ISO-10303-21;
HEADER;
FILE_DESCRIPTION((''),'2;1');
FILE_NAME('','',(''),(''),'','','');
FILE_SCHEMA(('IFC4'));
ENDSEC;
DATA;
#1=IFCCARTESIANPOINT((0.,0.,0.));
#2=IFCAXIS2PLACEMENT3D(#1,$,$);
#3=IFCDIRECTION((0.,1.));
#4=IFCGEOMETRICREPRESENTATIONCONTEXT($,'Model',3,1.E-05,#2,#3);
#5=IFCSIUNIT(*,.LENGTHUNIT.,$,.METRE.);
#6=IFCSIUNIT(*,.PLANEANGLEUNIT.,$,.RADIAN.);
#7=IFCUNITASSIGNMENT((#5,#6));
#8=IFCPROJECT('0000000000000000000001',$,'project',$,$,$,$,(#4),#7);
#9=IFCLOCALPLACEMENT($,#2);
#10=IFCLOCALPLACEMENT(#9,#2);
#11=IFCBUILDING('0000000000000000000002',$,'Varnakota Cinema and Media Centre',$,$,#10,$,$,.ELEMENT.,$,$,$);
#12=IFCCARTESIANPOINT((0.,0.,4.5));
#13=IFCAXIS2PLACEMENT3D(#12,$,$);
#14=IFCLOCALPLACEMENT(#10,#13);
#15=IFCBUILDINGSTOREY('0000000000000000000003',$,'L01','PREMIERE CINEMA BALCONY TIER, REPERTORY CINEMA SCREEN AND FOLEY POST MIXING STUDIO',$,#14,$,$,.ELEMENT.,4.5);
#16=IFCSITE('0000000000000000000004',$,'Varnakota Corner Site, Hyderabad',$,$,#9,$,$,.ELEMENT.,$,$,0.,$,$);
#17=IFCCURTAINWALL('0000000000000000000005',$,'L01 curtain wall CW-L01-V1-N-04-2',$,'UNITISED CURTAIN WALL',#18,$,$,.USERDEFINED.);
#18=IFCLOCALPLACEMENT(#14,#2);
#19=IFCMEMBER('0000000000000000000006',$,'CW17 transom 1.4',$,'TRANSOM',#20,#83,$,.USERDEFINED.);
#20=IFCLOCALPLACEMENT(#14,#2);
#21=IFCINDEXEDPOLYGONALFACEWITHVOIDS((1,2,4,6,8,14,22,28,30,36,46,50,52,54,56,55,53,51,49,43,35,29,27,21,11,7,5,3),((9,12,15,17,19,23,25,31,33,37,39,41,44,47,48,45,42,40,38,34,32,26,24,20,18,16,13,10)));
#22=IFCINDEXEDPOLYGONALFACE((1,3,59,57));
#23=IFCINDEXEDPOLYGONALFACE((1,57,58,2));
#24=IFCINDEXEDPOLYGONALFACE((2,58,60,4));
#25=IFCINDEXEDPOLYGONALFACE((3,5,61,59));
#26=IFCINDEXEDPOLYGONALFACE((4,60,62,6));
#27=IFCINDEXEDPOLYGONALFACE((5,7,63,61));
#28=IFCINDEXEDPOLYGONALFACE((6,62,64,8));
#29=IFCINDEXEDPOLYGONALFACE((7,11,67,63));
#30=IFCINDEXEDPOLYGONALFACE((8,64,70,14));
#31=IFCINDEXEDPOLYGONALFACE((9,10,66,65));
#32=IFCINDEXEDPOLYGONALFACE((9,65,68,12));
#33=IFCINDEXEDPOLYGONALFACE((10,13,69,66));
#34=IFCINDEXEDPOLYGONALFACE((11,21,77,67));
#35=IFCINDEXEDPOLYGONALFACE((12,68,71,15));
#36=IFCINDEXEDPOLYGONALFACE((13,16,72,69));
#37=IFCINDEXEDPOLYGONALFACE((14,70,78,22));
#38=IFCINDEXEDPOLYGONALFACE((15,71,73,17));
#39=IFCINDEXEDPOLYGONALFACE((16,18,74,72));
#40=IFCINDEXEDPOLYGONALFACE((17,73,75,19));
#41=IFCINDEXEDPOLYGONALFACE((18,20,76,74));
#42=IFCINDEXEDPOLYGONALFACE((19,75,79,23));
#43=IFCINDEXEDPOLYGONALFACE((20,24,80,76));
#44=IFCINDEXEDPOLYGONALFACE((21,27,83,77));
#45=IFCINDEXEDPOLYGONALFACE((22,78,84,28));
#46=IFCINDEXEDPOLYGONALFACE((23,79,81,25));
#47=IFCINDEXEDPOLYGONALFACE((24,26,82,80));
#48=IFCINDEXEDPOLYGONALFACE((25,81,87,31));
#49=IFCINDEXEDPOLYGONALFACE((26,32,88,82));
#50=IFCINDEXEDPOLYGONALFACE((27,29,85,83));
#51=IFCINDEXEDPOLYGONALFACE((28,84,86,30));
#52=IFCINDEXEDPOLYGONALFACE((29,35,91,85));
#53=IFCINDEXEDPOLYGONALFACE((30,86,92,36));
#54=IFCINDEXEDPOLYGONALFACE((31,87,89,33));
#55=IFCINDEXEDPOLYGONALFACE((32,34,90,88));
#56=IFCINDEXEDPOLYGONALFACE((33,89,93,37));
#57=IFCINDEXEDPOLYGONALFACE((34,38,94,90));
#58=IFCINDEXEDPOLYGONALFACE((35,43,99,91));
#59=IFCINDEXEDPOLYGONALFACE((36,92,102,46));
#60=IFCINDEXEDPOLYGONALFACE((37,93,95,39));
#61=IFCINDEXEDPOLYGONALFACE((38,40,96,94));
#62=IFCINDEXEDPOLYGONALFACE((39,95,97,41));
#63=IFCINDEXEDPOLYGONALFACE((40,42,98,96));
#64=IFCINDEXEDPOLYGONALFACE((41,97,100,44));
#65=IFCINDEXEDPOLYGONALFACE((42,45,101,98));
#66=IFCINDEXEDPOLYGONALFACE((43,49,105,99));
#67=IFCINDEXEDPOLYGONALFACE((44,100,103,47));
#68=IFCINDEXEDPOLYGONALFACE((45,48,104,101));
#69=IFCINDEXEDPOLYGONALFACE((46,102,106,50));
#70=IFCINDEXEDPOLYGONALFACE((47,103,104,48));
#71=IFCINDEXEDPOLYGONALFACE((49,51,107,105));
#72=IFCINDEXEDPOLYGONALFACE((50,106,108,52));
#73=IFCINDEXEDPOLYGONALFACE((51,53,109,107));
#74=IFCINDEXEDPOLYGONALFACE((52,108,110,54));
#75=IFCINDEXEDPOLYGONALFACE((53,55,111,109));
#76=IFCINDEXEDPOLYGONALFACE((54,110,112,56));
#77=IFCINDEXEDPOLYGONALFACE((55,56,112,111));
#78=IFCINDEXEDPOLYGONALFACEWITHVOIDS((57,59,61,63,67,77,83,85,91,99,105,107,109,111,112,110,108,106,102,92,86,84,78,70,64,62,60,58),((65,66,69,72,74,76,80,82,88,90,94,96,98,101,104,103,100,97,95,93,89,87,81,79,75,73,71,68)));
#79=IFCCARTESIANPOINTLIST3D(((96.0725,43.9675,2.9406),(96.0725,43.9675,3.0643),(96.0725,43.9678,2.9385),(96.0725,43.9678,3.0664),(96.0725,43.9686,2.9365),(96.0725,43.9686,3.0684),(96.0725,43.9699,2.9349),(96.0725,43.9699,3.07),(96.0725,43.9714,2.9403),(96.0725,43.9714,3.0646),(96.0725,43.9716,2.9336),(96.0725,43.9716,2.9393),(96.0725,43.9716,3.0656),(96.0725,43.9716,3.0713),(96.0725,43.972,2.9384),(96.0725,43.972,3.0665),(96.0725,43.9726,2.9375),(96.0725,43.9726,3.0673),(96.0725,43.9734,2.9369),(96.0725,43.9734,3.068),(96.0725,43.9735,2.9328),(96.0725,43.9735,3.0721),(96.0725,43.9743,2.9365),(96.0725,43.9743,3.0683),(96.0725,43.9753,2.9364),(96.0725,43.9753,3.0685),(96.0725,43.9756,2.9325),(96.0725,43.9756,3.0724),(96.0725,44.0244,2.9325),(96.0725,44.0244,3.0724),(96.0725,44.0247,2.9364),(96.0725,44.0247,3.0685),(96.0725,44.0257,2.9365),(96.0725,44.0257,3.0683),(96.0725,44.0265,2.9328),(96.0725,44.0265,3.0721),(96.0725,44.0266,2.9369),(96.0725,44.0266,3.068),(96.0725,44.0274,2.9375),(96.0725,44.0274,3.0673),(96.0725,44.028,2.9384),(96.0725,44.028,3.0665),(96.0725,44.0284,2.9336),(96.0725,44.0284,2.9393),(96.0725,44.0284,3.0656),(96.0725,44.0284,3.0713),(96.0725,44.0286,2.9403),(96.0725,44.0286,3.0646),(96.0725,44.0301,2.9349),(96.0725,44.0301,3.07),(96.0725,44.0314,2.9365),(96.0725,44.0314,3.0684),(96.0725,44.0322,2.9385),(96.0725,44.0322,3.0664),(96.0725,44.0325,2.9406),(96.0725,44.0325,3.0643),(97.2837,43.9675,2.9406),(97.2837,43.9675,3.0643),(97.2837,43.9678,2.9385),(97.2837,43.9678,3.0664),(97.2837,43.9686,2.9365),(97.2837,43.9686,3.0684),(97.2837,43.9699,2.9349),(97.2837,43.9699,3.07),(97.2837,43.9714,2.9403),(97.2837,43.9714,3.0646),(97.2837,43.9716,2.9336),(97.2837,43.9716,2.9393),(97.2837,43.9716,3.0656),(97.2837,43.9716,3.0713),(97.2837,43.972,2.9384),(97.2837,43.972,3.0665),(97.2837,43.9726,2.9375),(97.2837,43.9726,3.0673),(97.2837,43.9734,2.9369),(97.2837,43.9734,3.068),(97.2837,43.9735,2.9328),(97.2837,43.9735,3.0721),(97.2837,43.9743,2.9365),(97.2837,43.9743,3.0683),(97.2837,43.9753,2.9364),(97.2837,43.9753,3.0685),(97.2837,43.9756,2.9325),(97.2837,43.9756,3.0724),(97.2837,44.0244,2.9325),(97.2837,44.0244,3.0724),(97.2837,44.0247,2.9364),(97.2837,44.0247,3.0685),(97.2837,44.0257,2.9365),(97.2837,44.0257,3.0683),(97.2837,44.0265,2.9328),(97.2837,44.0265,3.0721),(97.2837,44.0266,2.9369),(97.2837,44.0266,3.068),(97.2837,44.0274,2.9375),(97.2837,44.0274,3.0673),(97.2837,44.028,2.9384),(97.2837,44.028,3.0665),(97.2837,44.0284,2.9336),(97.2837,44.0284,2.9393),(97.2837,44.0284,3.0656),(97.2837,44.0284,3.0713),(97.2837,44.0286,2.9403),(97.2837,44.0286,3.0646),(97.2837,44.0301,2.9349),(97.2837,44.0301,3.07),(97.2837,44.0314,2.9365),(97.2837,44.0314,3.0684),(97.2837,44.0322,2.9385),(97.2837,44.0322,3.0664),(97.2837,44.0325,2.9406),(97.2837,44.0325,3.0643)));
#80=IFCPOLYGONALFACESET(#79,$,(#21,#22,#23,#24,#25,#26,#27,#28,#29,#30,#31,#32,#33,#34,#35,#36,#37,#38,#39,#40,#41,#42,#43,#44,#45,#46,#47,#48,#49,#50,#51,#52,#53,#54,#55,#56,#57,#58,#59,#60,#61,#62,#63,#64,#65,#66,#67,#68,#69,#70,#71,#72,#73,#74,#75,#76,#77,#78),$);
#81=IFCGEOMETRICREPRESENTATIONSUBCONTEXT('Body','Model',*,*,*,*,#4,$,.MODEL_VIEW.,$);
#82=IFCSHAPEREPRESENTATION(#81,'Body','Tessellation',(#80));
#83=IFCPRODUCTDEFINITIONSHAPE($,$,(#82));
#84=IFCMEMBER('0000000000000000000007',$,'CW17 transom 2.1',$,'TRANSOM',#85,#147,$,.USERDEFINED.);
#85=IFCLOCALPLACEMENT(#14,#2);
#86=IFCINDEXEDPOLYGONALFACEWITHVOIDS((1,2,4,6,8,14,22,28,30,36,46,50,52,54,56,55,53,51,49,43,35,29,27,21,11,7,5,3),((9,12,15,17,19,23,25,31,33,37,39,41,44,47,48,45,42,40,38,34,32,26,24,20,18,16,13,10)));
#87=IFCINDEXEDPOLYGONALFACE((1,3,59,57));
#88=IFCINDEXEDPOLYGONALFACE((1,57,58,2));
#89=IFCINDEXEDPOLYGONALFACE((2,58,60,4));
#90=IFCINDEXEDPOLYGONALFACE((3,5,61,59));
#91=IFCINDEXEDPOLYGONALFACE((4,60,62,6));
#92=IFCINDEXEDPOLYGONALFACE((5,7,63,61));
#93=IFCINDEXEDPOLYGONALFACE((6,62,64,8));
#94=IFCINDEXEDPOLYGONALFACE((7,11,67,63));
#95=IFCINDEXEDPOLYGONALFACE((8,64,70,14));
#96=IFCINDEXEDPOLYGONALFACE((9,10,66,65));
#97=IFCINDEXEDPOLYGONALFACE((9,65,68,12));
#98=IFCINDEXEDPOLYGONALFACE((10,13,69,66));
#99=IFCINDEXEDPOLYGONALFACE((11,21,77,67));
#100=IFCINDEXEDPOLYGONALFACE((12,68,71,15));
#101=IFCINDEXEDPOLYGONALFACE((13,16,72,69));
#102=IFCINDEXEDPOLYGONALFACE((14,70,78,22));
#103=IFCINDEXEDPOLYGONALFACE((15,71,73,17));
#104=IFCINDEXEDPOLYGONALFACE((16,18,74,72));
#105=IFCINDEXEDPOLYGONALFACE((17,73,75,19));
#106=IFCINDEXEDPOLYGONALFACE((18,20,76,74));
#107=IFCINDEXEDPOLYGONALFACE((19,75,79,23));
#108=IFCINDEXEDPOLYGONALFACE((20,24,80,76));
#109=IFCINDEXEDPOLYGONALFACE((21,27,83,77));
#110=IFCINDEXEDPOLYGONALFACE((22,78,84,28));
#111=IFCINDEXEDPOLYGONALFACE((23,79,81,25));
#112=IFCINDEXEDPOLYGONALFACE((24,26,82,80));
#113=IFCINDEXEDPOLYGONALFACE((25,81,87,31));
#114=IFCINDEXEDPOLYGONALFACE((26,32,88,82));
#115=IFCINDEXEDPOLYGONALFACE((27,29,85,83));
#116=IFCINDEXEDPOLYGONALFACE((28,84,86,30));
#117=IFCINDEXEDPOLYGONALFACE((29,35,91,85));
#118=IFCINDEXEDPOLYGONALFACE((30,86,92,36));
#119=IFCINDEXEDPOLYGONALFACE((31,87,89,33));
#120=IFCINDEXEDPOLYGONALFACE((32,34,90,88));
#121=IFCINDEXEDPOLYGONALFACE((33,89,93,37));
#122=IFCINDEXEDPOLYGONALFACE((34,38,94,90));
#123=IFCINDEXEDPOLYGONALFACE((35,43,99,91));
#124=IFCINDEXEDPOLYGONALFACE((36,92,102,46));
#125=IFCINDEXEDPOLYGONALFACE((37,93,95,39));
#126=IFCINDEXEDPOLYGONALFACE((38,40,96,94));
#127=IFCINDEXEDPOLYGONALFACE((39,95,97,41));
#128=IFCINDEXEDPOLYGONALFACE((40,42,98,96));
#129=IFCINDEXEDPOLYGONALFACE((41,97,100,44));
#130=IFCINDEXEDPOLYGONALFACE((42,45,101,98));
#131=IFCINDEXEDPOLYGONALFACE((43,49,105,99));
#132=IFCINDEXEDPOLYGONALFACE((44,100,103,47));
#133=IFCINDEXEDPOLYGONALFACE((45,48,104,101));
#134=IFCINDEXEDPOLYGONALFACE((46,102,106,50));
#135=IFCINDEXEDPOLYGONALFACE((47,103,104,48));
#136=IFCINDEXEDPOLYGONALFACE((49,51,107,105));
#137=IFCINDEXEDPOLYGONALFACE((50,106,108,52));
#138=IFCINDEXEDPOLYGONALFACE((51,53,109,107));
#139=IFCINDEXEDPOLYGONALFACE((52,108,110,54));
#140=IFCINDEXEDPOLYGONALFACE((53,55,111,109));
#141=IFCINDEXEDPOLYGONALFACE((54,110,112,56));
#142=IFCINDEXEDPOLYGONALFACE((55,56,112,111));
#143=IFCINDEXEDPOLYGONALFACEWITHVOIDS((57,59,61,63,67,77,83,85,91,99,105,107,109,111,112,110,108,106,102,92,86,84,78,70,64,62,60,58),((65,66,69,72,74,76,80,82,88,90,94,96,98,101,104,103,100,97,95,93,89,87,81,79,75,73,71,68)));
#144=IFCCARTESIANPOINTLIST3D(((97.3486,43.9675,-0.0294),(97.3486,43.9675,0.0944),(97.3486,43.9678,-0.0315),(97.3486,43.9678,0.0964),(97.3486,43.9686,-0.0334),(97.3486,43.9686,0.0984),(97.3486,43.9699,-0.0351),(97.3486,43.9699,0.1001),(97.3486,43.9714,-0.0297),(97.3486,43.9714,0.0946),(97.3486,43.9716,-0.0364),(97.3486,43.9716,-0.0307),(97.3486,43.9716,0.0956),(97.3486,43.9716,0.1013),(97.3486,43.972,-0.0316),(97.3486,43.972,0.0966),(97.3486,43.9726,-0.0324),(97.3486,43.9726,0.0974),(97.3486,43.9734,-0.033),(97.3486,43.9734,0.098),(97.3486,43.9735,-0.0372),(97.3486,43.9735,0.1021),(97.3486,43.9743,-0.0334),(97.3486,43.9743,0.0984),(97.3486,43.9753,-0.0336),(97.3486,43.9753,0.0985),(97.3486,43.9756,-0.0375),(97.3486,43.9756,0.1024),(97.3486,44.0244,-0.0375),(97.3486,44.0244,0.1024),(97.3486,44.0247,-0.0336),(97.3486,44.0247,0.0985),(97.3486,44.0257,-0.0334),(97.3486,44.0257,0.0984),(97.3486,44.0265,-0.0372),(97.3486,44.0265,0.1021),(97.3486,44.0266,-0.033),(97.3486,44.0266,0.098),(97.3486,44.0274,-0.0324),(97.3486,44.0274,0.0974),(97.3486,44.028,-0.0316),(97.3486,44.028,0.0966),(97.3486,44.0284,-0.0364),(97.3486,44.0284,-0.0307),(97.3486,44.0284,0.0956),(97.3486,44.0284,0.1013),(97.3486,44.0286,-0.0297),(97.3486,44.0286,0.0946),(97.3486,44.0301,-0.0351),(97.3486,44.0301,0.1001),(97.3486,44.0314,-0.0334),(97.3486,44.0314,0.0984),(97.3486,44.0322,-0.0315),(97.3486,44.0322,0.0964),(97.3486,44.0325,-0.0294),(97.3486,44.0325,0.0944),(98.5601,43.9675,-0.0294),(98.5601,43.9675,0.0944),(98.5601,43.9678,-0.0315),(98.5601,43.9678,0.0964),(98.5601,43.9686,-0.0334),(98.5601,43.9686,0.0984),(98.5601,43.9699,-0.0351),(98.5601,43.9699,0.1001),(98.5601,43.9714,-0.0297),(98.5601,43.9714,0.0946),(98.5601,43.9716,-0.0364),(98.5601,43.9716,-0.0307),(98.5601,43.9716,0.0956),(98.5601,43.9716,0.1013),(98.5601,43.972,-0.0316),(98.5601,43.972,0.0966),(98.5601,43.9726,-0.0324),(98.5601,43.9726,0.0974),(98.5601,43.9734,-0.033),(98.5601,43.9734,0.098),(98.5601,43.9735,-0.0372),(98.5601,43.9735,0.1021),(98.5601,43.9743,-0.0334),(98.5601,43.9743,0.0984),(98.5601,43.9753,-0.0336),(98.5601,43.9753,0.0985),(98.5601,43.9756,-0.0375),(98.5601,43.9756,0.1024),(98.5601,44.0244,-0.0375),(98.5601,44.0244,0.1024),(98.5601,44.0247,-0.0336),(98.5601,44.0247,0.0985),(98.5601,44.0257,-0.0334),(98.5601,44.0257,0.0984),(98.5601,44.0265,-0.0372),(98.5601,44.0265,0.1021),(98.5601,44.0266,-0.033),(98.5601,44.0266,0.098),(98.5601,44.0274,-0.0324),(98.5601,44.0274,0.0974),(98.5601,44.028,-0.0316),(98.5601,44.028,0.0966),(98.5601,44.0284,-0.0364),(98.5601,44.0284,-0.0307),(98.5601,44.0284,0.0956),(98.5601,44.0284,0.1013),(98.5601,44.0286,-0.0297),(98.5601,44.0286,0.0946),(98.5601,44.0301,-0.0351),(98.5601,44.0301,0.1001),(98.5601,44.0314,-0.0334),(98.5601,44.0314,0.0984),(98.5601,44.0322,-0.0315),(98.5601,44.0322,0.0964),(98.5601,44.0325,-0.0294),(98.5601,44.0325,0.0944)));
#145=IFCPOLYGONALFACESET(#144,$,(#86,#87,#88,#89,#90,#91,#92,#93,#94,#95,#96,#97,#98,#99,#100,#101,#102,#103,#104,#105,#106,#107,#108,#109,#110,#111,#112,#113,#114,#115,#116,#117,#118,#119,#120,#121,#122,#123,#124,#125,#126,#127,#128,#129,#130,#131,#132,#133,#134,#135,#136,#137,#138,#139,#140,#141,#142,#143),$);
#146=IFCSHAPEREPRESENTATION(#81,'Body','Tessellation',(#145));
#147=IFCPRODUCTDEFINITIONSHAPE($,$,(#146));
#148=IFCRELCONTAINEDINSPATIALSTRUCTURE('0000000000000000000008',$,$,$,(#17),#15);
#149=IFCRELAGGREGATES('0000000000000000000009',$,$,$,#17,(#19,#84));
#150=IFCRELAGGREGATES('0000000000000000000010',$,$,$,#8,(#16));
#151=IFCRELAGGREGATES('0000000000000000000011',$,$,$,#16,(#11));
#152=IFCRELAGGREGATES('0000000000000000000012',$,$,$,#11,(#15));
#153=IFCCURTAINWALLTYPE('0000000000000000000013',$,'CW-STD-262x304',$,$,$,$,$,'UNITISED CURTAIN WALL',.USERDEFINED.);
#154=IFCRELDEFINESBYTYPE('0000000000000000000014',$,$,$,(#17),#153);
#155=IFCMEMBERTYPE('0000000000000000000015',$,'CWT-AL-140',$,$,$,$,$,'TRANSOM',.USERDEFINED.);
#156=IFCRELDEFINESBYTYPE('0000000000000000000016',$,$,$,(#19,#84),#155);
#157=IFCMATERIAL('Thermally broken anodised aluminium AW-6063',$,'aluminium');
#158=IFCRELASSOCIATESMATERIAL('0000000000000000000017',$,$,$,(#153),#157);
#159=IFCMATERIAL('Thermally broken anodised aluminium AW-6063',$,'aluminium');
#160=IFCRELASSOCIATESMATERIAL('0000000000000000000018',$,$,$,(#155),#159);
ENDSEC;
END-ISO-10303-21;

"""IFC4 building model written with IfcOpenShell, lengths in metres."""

from ifc_helpers import new_model, si_unit, direction, frame, origin, origin_2d, place, context, subcontext, project, spatial, hollow_rectangle, extrude, material, material_profile, profile_set, type_object, element, aggregate, save


model = new_model("IFC4")

# Units and contexts
model_context = context("Model", 3, precision=1e-05, world=origin(), true_north=direction((0.0, 1.0)))
body_context = subcontext(model_context, "Body", "Model", "MODEL_VIEW")
ifc_project = project(units=[si_unit("LENGTHUNIT", "METRE"), si_unit("PLANEANGLEUNIT", "RADIAN")], contexts=[model_context])

# Site, building, storey
site_placement = place(None, origin())
site = spatial("IfcSite", under=ifc_project, at=site_placement, Name="Varnakota Corner Site, Hyderabad", CompositionType="ELEMENT", RefElevation=0.0)
building_placement = place(site_placement, origin())
building = spatial("IfcBuilding", under=site, at=building_placement, Name="Varnakota Cinema and Media Centre", CompositionType="ELEMENT")
storey_placement = place(building_placement, frame((0.0, 0.0, 4.5)))
storey = spatial("IfcBuildingStorey", under=building, at=storey_placement, Name="L01", Description="PREMIERE CINEMA BALCONY TIER, REPERTORY CINEMA SCREEN AND FOLEY POST MIXING STUDIO", CompositionType="ELEMENT", Elevation=4.5)

# Curtain wall
ifc_material_1 = material(Name="Thermally broken anodised aluminium AW-6063", Category="aluminium")
curtain_wall_type = type_object("IfcCurtainWallType", Name="CW-STD-262x304", ElementType="UNITISED CURTAIN WALL", PredefinedType="USERDEFINED", material=ifc_material_1)
curtain_wall_1_placement = place(storey_placement, origin())
curtain_wall_1 = element("IfcCurtainWall", 1, at=curtain_wall_1_placement, inside=storey, type_object=curtain_wall_type, Name="L01 curtain wall CW-L01-V1-N-04-2", ObjectType="UNITISED CURTAIN WALL", PredefinedType="USERDEFINED")

# Members
ifc_material_2 = material(Name="Thermally broken anodised aluminium AW-6063", Category="aluminium")
ifc_material_profile_1 = material_profile(ifc_material_2, hollow_rectangle(XDim=0.0649, YDim=0.1399, WallThickness=0.0039, InnerFilletRadius=0.0039, OuterFilletRadius=0.0081, at=origin_2d()), Name="AL-TRANSOM 140x65x4")
ifc_profile_set_1 = profile_set([ifc_material_profile_1], Name="Thermally broken anodised aluminium AW-6063")
member_type_1 = type_object("IfcMemberType", Name="CWT-AL-140", ElementType="TRANSOM", PredefinedType="USERDEFINED", material=ifc_profile_set_1)
member_1_placement = place(storey_placement, frame((96.0725, 44.0, 3.0024), z_axis=(1.0, 0.0, 0.0), x_axis=(0.0, 1.0, 0.0)))
member_1 = element("IfcMember", 2, at=member_1_placement, type_object=member_type_1, Name="CW17 transom 1.4", ObjectType="TRANSOM", PredefinedType="USERDEFINED", context=body_context, shape_type="SweptSolid", body=[
    extrude(hollow_rectangle(XDim=0.0649, YDim=0.1399, WallThickness=0.0039, InnerFilletRadius=0.0039, OuterFilletRadius=0.0081, at=origin_2d()), origin(), (0.0, 0.0, 1.0), 1.2112),
])
member_2_placement = place(storey_placement, frame((97.3486, 44.0, 0.0325), z_axis=(1.0, 0.0, 0.0), x_axis=(0.0, 1.0, 0.0)))
member_2 = element("IfcMember", 3, at=member_2_placement, type_object=member_type_1, Name="CW17 transom 2.1", ObjectType="TRANSOM", PredefinedType="USERDEFINED", context=body_context, shape_type="SweptSolid", body=[
    extrude(hollow_rectangle(XDim=0.0649, YDim=0.1399, WallThickness=0.0039, InnerFilletRadius=0.0039, OuterFilletRadius=0.0081, at=origin_2d()), origin(), (0.0, 0.0, 1.0), 1.2114),
])

aggregate(curtain_wall_1, [member_1, member_2])

save(model, "model.ifc")
